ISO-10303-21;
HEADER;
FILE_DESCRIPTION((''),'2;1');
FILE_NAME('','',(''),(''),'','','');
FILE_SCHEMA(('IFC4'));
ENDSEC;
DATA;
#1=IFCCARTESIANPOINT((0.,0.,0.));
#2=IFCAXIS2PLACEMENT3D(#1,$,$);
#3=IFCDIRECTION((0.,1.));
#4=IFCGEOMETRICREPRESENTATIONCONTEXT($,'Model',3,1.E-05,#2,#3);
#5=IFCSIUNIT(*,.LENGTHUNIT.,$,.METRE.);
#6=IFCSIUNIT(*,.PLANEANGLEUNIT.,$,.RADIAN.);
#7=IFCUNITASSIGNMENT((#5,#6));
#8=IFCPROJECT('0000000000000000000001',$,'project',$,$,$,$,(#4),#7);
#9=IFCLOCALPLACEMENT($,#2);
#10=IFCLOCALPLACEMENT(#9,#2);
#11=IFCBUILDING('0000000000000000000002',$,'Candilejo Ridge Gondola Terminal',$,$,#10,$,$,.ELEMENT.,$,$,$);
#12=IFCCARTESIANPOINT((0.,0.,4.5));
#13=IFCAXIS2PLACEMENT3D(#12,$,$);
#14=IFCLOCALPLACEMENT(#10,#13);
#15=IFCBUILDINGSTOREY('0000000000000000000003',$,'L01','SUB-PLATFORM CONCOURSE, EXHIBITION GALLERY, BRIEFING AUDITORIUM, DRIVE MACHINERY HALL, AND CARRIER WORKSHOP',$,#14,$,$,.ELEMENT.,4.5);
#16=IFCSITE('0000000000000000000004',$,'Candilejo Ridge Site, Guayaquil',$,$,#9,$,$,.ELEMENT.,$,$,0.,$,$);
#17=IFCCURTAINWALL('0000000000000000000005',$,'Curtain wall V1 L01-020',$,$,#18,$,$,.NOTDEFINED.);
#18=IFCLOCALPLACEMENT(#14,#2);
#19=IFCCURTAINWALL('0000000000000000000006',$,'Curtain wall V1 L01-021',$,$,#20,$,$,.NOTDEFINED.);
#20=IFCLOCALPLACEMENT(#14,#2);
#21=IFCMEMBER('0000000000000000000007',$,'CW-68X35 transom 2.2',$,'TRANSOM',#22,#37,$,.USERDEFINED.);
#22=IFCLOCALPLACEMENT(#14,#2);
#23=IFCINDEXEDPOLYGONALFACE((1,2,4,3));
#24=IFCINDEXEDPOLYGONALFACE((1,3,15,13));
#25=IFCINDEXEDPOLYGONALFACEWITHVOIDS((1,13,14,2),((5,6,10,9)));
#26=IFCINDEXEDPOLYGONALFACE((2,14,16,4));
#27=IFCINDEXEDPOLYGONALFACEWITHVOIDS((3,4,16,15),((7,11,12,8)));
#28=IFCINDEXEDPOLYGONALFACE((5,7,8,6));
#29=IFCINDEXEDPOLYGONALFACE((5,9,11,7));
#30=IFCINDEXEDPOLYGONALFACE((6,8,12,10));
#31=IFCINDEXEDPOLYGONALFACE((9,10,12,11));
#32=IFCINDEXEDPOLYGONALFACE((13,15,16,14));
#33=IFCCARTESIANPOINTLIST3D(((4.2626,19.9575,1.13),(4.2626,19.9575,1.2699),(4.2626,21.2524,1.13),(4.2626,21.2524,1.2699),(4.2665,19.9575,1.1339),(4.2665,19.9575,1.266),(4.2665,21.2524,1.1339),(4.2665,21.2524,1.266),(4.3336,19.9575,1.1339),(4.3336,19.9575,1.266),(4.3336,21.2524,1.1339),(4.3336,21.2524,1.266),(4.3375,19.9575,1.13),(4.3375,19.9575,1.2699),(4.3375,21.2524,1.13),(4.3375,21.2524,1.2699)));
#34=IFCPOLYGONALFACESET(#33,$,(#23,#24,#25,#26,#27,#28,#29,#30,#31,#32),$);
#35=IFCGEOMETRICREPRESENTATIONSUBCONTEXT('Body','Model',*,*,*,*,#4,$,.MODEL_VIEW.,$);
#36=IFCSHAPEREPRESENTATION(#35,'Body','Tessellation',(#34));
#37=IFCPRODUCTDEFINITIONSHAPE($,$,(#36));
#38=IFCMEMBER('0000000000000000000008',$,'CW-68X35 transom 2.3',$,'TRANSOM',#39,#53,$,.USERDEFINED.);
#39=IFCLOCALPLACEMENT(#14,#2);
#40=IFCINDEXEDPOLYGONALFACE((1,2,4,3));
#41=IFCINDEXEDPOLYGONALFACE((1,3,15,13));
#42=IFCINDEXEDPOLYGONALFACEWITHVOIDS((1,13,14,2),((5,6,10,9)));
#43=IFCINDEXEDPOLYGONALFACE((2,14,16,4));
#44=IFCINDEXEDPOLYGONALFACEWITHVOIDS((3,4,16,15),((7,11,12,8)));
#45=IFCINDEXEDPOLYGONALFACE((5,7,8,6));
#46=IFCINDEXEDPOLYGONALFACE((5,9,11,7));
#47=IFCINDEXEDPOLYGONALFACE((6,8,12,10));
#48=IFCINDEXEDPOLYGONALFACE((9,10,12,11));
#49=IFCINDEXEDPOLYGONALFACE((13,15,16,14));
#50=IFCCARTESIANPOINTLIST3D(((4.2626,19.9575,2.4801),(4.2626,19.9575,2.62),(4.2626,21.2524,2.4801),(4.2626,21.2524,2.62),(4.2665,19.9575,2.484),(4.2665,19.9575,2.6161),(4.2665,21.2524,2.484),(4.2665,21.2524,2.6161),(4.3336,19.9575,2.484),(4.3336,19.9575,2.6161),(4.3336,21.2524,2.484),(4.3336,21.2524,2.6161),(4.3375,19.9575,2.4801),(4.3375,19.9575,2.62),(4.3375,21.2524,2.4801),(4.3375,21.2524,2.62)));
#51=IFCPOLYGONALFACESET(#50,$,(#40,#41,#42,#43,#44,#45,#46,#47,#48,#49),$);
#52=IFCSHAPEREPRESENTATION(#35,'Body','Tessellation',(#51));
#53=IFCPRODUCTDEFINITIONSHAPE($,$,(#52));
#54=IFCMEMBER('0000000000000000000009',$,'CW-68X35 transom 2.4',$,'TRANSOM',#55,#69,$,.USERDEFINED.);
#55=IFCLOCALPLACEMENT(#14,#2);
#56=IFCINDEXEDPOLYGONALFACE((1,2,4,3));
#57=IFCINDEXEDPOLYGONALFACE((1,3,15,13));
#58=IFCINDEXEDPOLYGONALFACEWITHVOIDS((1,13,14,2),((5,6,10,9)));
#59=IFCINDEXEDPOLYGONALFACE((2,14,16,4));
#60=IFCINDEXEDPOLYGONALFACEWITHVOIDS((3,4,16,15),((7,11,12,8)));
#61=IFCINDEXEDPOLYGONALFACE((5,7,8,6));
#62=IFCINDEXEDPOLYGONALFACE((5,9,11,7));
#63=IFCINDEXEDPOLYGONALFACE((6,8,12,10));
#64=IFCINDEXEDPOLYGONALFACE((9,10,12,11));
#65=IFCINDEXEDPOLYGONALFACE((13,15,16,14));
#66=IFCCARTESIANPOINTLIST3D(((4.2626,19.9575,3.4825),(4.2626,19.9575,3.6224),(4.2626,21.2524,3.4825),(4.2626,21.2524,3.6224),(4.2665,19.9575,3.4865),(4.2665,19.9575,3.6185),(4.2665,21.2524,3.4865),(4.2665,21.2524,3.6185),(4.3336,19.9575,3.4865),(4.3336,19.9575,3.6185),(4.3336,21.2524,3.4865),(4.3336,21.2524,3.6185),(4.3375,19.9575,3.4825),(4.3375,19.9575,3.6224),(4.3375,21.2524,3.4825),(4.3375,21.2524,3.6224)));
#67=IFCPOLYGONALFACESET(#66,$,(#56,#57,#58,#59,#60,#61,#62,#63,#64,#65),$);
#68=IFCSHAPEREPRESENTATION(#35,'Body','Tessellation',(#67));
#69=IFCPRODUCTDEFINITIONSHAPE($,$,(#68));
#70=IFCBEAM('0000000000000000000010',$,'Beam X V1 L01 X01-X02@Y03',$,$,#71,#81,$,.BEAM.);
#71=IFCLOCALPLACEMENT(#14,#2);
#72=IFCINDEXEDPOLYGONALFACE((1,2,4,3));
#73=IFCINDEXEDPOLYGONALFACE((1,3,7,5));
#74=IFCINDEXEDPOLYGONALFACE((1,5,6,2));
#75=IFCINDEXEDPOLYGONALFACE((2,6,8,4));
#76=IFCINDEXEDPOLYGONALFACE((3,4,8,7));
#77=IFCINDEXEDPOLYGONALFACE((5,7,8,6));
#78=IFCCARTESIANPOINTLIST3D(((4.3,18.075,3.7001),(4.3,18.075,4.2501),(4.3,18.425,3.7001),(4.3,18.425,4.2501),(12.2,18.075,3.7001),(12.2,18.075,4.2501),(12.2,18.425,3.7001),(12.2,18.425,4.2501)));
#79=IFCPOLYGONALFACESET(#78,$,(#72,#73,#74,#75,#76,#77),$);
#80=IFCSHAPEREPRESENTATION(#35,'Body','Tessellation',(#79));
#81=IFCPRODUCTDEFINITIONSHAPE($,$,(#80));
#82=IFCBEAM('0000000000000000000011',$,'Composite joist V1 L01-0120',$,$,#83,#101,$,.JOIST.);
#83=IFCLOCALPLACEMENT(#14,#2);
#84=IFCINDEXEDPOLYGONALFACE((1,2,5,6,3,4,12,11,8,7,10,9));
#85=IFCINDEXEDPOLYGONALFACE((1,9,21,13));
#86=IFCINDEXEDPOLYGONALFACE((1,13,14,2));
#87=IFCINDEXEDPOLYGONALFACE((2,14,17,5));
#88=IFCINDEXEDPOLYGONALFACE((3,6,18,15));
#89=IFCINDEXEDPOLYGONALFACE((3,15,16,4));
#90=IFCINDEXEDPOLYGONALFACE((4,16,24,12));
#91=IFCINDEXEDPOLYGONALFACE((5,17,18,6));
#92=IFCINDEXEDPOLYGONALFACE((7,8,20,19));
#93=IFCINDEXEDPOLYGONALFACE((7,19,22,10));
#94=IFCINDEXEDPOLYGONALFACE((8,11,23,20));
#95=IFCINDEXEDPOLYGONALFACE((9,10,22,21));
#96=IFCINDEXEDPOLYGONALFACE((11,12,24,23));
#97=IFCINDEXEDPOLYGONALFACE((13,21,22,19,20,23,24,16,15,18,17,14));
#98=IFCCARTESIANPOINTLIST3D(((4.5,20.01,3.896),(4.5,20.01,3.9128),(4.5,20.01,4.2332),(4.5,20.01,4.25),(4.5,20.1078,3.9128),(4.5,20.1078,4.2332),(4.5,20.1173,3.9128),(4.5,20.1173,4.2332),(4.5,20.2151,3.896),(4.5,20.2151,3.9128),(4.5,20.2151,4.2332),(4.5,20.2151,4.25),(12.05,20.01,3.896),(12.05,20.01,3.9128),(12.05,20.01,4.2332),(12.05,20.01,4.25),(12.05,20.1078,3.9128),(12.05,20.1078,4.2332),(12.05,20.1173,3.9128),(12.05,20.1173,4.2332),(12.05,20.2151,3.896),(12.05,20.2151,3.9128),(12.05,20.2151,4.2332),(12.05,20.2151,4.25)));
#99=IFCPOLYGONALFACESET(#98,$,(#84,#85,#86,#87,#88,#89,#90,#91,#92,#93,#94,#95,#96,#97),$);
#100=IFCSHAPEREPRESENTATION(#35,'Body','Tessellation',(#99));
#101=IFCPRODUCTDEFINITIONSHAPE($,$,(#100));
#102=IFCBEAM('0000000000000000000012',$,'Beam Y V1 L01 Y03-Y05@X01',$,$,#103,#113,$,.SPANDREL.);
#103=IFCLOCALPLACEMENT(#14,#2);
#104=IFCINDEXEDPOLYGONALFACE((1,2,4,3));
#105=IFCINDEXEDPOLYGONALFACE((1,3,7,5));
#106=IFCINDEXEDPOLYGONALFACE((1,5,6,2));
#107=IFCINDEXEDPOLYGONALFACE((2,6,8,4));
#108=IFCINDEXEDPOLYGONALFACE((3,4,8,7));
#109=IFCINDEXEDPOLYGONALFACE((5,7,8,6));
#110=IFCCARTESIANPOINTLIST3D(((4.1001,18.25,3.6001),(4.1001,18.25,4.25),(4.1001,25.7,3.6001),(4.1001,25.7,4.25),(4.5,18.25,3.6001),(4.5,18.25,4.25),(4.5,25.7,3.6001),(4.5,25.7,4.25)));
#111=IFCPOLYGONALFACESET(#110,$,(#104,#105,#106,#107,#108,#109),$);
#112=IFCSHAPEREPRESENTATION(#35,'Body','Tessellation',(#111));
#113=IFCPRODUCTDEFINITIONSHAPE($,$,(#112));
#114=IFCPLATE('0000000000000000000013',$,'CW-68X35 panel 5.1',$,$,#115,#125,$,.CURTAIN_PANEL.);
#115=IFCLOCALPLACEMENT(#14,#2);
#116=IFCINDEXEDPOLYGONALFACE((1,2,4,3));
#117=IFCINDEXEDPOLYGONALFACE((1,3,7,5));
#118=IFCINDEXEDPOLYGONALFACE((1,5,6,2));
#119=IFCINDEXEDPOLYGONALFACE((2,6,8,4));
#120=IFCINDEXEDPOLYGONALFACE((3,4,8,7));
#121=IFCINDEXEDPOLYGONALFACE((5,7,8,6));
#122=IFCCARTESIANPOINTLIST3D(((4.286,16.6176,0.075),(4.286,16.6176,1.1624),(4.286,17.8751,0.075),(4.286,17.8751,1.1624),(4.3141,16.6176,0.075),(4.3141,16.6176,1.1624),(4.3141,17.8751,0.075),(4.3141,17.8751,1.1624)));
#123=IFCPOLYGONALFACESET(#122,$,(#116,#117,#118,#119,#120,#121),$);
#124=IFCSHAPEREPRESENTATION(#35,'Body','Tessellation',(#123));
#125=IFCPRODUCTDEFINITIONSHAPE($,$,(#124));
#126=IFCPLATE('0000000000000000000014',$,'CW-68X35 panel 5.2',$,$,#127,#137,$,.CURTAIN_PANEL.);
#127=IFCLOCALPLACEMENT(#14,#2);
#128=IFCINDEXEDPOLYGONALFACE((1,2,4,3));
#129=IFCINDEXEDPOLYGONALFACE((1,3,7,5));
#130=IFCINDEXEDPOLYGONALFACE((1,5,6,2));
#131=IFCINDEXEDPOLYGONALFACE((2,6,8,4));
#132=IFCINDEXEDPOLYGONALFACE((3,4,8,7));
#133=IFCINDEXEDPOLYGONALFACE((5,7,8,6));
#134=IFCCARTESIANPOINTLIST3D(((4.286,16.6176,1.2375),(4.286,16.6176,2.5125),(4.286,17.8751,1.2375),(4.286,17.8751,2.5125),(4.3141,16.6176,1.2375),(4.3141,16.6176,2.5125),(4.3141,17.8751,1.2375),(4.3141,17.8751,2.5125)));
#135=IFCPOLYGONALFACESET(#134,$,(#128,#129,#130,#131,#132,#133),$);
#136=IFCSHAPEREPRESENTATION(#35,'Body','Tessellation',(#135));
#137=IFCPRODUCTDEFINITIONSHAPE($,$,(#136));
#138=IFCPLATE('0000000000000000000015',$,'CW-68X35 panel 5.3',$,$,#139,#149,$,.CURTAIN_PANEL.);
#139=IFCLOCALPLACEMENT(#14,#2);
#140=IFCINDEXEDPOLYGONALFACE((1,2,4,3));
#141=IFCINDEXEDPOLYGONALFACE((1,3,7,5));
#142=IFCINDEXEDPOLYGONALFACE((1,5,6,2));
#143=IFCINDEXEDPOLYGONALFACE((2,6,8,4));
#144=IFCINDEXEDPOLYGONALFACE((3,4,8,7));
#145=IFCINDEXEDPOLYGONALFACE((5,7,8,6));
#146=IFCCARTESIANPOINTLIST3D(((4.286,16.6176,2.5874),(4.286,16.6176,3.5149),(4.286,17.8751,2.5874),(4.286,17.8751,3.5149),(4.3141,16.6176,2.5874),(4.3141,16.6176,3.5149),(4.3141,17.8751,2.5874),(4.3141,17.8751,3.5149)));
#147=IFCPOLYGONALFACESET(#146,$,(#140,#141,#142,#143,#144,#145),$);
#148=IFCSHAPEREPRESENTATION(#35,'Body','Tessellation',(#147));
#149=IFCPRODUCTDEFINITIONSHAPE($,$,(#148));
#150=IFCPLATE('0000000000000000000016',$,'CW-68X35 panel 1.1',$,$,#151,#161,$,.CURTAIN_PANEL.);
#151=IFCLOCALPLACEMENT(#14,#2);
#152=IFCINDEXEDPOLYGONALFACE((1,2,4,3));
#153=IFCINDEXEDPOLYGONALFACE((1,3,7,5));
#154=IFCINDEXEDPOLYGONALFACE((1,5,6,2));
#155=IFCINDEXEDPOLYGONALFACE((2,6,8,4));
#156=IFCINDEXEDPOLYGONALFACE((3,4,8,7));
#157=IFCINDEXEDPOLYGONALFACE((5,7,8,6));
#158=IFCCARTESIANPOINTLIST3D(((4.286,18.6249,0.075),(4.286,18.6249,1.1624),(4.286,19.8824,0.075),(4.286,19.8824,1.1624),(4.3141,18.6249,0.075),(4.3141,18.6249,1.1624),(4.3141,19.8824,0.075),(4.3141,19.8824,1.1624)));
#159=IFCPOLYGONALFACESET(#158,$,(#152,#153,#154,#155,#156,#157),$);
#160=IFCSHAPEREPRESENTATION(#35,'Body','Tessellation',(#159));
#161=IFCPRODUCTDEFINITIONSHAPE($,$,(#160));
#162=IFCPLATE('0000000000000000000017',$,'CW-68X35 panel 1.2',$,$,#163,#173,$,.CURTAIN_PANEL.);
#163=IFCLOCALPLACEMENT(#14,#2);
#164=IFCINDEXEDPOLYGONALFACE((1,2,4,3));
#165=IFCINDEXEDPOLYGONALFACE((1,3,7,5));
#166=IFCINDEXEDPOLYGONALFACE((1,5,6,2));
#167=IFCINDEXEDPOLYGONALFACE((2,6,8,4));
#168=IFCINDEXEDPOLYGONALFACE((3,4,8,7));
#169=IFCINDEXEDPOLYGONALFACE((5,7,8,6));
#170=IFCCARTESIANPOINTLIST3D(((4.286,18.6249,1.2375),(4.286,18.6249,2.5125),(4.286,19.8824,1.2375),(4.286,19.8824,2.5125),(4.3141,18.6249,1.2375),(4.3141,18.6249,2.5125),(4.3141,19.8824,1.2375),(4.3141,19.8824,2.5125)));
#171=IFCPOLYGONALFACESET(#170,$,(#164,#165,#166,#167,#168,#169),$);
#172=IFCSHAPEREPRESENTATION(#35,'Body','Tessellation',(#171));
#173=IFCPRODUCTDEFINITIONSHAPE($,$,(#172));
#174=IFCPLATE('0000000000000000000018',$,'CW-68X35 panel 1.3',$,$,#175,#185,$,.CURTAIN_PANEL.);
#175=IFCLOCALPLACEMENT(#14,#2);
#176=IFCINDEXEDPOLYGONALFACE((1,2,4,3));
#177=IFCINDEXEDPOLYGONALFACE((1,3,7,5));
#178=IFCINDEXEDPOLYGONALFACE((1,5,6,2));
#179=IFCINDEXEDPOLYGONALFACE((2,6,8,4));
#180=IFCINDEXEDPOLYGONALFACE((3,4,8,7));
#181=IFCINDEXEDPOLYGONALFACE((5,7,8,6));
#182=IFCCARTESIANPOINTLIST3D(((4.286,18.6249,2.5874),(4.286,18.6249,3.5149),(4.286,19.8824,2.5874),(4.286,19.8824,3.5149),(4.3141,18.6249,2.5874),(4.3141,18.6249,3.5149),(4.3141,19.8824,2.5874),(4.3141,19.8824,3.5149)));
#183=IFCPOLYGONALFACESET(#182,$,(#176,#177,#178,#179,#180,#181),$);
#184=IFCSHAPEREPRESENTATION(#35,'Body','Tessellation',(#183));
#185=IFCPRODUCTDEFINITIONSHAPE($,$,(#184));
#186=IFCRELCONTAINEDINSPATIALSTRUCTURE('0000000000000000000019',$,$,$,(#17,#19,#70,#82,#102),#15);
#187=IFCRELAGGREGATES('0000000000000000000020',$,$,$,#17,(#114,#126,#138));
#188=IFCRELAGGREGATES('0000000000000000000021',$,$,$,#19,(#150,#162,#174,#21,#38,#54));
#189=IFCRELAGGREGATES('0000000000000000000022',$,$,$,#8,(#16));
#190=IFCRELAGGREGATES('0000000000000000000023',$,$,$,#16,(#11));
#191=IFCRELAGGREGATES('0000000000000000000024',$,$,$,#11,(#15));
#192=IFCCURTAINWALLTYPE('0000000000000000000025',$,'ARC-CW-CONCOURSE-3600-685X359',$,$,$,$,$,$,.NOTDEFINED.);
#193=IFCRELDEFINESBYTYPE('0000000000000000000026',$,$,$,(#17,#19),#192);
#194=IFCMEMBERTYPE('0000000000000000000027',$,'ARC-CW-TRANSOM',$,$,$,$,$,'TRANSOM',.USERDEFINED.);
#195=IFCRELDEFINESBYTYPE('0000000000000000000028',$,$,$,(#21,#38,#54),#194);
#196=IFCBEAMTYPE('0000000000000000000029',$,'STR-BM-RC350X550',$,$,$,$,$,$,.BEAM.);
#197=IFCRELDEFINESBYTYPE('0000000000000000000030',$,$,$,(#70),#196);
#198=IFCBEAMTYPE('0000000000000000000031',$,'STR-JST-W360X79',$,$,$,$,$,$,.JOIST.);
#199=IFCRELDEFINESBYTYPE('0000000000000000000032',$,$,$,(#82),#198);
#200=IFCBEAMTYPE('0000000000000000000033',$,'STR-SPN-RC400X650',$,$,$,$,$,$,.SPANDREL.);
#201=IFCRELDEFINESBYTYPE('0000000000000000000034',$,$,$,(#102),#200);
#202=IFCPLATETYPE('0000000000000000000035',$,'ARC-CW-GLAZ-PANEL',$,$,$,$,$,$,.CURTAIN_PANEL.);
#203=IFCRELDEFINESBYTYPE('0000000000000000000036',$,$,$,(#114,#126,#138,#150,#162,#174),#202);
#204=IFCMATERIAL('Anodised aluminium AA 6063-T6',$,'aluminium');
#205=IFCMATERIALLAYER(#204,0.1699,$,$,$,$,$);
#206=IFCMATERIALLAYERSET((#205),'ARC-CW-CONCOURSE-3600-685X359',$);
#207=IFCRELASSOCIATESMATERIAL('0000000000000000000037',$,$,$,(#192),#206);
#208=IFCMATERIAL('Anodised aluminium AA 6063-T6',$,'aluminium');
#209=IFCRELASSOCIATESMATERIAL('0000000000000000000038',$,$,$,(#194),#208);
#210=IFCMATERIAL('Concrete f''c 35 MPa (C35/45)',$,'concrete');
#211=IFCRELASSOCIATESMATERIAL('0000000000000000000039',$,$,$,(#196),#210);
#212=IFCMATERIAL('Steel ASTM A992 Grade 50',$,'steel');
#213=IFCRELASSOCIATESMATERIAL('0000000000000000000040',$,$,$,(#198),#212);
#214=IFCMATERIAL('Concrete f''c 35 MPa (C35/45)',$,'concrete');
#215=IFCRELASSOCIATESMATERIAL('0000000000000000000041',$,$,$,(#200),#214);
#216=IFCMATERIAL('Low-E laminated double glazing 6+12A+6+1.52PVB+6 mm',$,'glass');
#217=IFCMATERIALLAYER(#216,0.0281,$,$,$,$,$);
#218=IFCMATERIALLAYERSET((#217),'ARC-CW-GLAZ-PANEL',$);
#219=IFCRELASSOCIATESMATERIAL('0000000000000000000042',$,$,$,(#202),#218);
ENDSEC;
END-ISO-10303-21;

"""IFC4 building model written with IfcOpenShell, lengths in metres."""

from ifc_helpers import new_model, si_unit, direction, frame, origin, origin_2d, place, context, subcontext, project, spatial, rectangle, hollow_rectangle, i_section, extrude, material, layer, layer_set, material_profile, profile_set, type_object, element, aggregate, save


model = new_model("IFC4")

# Units and contexts
model_context = context("Model", 3, precision=1e-05, world=origin(), true_north=direction((0.0, 1.0)))
body_context = subcontext(model_context, "Body", "Model", "MODEL_VIEW")
ifc_project = project(units=[si_unit("LENGTHUNIT", "METRE"), si_unit("PLANEANGLEUNIT", "RADIAN")], contexts=[model_context])

# Site, building, storey
site_placement = place(None, origin())
site = spatial("IfcSite", under=ifc_project, at=site_placement, Name="Candilejo Ridge Site, Guayaquil", CompositionType="ELEMENT", RefElevation=0.0)
building_placement = place(site_placement, origin())
building = spatial("IfcBuilding", under=site, at=building_placement, Name="Candilejo Ridge Gondola Terminal", CompositionType="ELEMENT")
storey_placement = place(building_placement, frame((0.0, 0.0, 4.5)))
storey = spatial("IfcBuildingStorey", under=building, at=storey_placement, Name="L01", Description="SUB-PLATFORM CONCOURSE, EXHIBITION GALLERY, BRIEFING AUDITORIUM, DRIVE MACHINERY HALL, AND CARRIER WORKSHOP", CompositionType="ELEMENT", Elevation=4.5)

# Curtain wall
ifc_material_1 = material(Name="Anodised aluminium AA 6063-T6", Category="aluminium")
ifc_layer_1 = layer(ifc_material_1, 0.1699)
ifc_layer_set_1 = layer_set([ifc_layer_1], Name="ARC-CW-CONCOURSE-3600-685X359")
curtain_wall_type = type_object("IfcCurtainWallType", Name="ARC-CW-CONCOURSE-3600-685X359", PredefinedType="NOTDEFINED", material=ifc_layer_set_1)
curtain_wall_1_placement = place(storey_placement, origin())
curtain_wall_1 = element("IfcCurtainWall", 1, at=curtain_wall_1_placement, inside=storey, type_object=curtain_wall_type, Name="Curtain wall V1 L01-020", PredefinedType="NOTDEFINED")

# Curtain wall
curtain_wall_2_placement = place(storey_placement, origin())
curtain_wall_2 = element("IfcCurtainWall", 2, at=curtain_wall_2_placement, inside=storey, type_object=curtain_wall_type, Name="Curtain wall V1 L01-021", PredefinedType="NOTDEFINED")

# Members
ifc_material_2 = material(Name="Anodised aluminium AA 6063-T6", Category="aluminium")
ifc_material_profile_1 = material_profile(ifc_material_2, hollow_rectangle(XDim=0.075, YDim=0.1399, WallThickness=0.0039, at=origin_2d()))
ifc_profile_set_1 = profile_set([ifc_material_profile_1], Name="Anodised aluminium AA 6063-T6")
member_type_1 = type_object("IfcMemberType", Name="ARC-CW-TRANSOM", ElementType="TRANSOM", PredefinedType="USERDEFINED", material=ifc_profile_set_1)
member_1_placement = place(storey_placement, frame((4.3, 19.9575, 1.2), z_axis=(0.0, 1.0, 0.0), x_axis=(-1.0, 0.0, 0.0)))
member_1 = element("IfcMember", 3, at=member_1_placement, type_object=member_type_1, Name="CW-68X35 transom 2.2", ObjectType="TRANSOM", PredefinedType="USERDEFINED", context=body_context, shape_type="SweptSolid", body=[
    extrude(hollow_rectangle(XDim=0.075, YDim=0.1399, WallThickness=0.0039, at=origin_2d()), origin(), (0.0, 0.0, 1.0), 1.2949),
])
member_2_placement = place(storey_placement, frame((4.3, 19.9575, 2.55), z_axis=(0.0, 1.0, 0.0), x_axis=(-1.0, 0.0, 0.0)))
member_2 = element("IfcMember", 4, at=member_2_placement, type_object=member_type_1, Name="CW-68X35 transom 2.3", ObjectType="TRANSOM", PredefinedType="USERDEFINED", context=body_context, shape_type="SweptSolid", body=[
    extrude(hollow_rectangle(XDim=0.075, YDim=0.1399, WallThickness=0.0039, at=origin_2d()), origin(), (0.0, 0.0, 1.0), 1.2949),
])
member_3_placement = place(storey_placement, frame((4.3, 19.9575, 3.5525), z_axis=(0.0, 1.0, 0.0), x_axis=(-1.0, 0.0, 0.0)))
member_3 = element("IfcMember", 5, at=member_3_placement, type_object=member_type_1, Name="CW-68X35 transom 2.4", ObjectType="TRANSOM", PredefinedType="USERDEFINED", context=body_context, shape_type="SweptSolid", body=[
    extrude(hollow_rectangle(XDim=0.075, YDim=0.1399, WallThickness=0.0039, at=origin_2d()), origin(), (0.0, 0.0, 1.0), 1.2949),
])

# Beams
ifc_material_3 = material(Name="Concrete f'c 35 MPa (C35/45)", Category="concrete")
ifc_material_profile_2 = material_profile(ifc_material_3, rectangle(XDim=0.3501, YDim=0.55, at=origin_2d()))
ifc_profile_set_2 = profile_set([ifc_material_profile_2], Name="Concrete f'c 35 MPa (C35/45)")
beam_type_1 = type_object("IfcBeamType", Name="STR-BM-RC350X550", PredefinedType="BEAM", material=ifc_profile_set_2)
beam_1_placement = place(storey_placement, frame((4.3, 18.25, 3.9751), z_axis=(1.0, 0.0, 0.0), x_axis=(0.0, 1.0, 0.0)))
element("IfcBeam", 6, at=beam_1_placement, inside=storey, type_object=beam_type_1, Name="Beam X V1 L01 X01-X02@Y03", PredefinedType="BEAM", context=body_context, shape_type="SweptSolid", body=[
    extrude(rectangle(XDim=0.3501, YDim=0.55, at=origin_2d()), origin(), (0.0, 0.0, 1.0), 7.8999),
])
ifc_material_4 = material(Name="Steel ASTM A992 Grade 50", Category="steel")
ifc_material_profile_3 = material_profile(ifc_material_4, i_section(OverallWidth=0.2051, OverallDepth=0.354, WebThickness=0.0095, FlangeThickness=0.0168, at=origin_2d()))
ifc_profile_set_3 = profile_set([ifc_material_profile_3], Name="Steel ASTM A992 Grade 50")
beam_type_2 = type_object("IfcBeamType", Name="STR-JST-W360X79", PredefinedType="JOIST", material=ifc_profile_set_3)
beam_2_placement = place(storey_placement, frame((4.5, 20.1125, 4.073), z_axis=(1.0, 0.0, 0.0), x_axis=(0.0, 1.0, 0.0)))
element("IfcBeam", 7, at=beam_2_placement, inside=storey, type_object=beam_type_2, Name="Composite joist V1 L01-0120", PredefinedType="JOIST", context=body_context, shape_type="SweptSolid", body=[
    extrude(i_section(OverallWidth=0.2051, OverallDepth=0.354, WebThickness=0.0095, FlangeThickness=0.0168, at=origin_2d()), origin(), (0.0, 0.0, 1.0), 7.55),
])
ifc_material_5 = material(Name="Concrete f'c 35 MPa (C35/45)", Category="concrete")
ifc_material_profile_4 = material_profile(ifc_material_5, rectangle(XDim=0.3999, YDim=0.6499, at=origin_2d()))
ifc_profile_set_4 = profile_set([ifc_material_profile_4], Name="Concrete f'c 35 MPa (C35/45)")
beam_type_3 = type_object("IfcBeamType", Name="STR-SPN-RC400X650", PredefinedType="SPANDREL", material=ifc_profile_set_4)
beam_3_placement = place(storey_placement, frame((4.3, 18.25, 3.925), z_axis=(0.0, 1.0, 0.0), x_axis=(-1.0, 0.0, 0.0)))
element("IfcBeam", 8, at=beam_3_placement, inside=storey, type_object=beam_type_3, Name="Beam Y V1 L01 Y03-Y05@X01", PredefinedType="SPANDREL", context=body_context, shape_type="SweptSolid", body=[
    extrude(rectangle(XDim=0.3999, YDim=0.6499, at=origin_2d()), origin(), (0.0, 0.0, 1.0), 7.45),
])

# Plates
ifc_material_6 = material(Name="Low-E laminated double glazing 6+12A+6+1.52PVB+6 mm", Category="glass")
ifc_layer_2 = layer(ifc_material_6, 0.0281)
ifc_layer_set_2 = layer_set([ifc_layer_2], Name="ARC-CW-GLAZ-PANEL")
plate_type = type_object("IfcPlateType", Name="ARC-CW-GLAZ-PANEL", PredefinedType="CURTAIN_PANEL", material=ifc_layer_set_2)
plate_1_placement = place(storey_placement, frame((4.3, 17.2463, 0.075), z_axis=(0.0, 0.0, 1.0), x_axis=(0.0, 1.0, 0.0)))
plate_1 = element("IfcPlate", 9, at=plate_1_placement, type_object=plate_type, Name="CW-68X35 panel 5.1", PredefinedType="CURTAIN_PANEL", context=body_context, shape_type="SweptSolid", body=[
    extrude(rectangle(XDim=1.2576, YDim=0.0281, at=origin_2d()), origin(), (0.0, 0.0, 1.0), 1.0874),
])
plate_2_placement = place(storey_placement, frame((4.3, 17.2463, 1.2375), z_axis=(0.0, 0.0, 1.0), x_axis=(0.0, 1.0, 0.0)))
plate_2 = element("IfcPlate", 10, at=plate_2_placement, type_object=plate_type, Name="CW-68X35 panel 5.2", PredefinedType="CURTAIN_PANEL", context=body_context, shape_type="SweptSolid", body=[
    extrude(rectangle(XDim=1.2576, YDim=0.0281, at=origin_2d()), origin(), (0.0, 0.0, 1.0), 1.2749),
])
plate_3_placement = place(storey_placement, frame((4.3, 17.2463, 2.5874), z_axis=(0.0, 0.0, 1.0), x_axis=(0.0, 1.0, 0.0)))
plate_3 = element("IfcPlate", 11, at=plate_3_placement, type_object=plate_type, Name="CW-68X35 panel 5.3", PredefinedType="CURTAIN_PANEL", context=body_context, shape_type="SweptSolid", body=[
    extrude(rectangle(XDim=1.2576, YDim=0.0281, at=origin_2d()), origin(), (0.0, 0.0, 1.0), 0.9275),
])
aggregate(curtain_wall_1, [plate_1, plate_2, plate_3])
plate_4_placement = place(storey_placement, frame((4.3, 19.2537, 0.075), z_axis=(0.0, 0.0, 1.0), x_axis=(0.0, 1.0, 0.0)))
plate_4 = element("IfcPlate", 12, at=plate_4_placement, type_object=plate_type, Name="CW-68X35 panel 1.1", PredefinedType="CURTAIN_PANEL", context=body_context, shape_type="SweptSolid", body=[
    extrude(rectangle(XDim=1.2576, YDim=0.0281, at=origin_2d()), origin(), (0.0, 0.0, 1.0), 1.0874),
])
plate_5_placement = place(storey_placement, frame((4.3, 19.2537, 1.2375), z_axis=(0.0, 0.0, 1.0), x_axis=(0.0, 1.0, 0.0)))
plate_5 = element("IfcPlate", 13, at=plate_5_placement, type_object=plate_type, Name="CW-68X35 panel 1.2", PredefinedType="CURTAIN_PANEL", context=body_context, shape_type="SweptSolid", body=[
    extrude(rectangle(XDim=1.2576, YDim=0.0281, at=origin_2d()), origin(), (0.0, 0.0, 1.0), 1.2749),
])
plate_6_placement = place(storey_placement, frame((4.3, 19.2537, 2.5874), z_axis=(0.0, 0.0, 1.0), x_axis=(0.0, 1.0, 0.0)))
plate_6 = element("IfcPlate", 14, at=plate_6_placement, type_object=plate_type, Name="CW-68X35 panel 1.3", PredefinedType="CURTAIN_PANEL", context=body_context, shape_type="SweptSolid", body=[
    extrude(rectangle(XDim=1.2576, YDim=0.0281, at=origin_2d()), origin(), (0.0, 0.0, 1.0), 0.9275),
])
aggregate(curtain_wall_2, [plate_4, plate_5, plate_6, member_1, member_2, member_3])

save(model, "model.ifc")
